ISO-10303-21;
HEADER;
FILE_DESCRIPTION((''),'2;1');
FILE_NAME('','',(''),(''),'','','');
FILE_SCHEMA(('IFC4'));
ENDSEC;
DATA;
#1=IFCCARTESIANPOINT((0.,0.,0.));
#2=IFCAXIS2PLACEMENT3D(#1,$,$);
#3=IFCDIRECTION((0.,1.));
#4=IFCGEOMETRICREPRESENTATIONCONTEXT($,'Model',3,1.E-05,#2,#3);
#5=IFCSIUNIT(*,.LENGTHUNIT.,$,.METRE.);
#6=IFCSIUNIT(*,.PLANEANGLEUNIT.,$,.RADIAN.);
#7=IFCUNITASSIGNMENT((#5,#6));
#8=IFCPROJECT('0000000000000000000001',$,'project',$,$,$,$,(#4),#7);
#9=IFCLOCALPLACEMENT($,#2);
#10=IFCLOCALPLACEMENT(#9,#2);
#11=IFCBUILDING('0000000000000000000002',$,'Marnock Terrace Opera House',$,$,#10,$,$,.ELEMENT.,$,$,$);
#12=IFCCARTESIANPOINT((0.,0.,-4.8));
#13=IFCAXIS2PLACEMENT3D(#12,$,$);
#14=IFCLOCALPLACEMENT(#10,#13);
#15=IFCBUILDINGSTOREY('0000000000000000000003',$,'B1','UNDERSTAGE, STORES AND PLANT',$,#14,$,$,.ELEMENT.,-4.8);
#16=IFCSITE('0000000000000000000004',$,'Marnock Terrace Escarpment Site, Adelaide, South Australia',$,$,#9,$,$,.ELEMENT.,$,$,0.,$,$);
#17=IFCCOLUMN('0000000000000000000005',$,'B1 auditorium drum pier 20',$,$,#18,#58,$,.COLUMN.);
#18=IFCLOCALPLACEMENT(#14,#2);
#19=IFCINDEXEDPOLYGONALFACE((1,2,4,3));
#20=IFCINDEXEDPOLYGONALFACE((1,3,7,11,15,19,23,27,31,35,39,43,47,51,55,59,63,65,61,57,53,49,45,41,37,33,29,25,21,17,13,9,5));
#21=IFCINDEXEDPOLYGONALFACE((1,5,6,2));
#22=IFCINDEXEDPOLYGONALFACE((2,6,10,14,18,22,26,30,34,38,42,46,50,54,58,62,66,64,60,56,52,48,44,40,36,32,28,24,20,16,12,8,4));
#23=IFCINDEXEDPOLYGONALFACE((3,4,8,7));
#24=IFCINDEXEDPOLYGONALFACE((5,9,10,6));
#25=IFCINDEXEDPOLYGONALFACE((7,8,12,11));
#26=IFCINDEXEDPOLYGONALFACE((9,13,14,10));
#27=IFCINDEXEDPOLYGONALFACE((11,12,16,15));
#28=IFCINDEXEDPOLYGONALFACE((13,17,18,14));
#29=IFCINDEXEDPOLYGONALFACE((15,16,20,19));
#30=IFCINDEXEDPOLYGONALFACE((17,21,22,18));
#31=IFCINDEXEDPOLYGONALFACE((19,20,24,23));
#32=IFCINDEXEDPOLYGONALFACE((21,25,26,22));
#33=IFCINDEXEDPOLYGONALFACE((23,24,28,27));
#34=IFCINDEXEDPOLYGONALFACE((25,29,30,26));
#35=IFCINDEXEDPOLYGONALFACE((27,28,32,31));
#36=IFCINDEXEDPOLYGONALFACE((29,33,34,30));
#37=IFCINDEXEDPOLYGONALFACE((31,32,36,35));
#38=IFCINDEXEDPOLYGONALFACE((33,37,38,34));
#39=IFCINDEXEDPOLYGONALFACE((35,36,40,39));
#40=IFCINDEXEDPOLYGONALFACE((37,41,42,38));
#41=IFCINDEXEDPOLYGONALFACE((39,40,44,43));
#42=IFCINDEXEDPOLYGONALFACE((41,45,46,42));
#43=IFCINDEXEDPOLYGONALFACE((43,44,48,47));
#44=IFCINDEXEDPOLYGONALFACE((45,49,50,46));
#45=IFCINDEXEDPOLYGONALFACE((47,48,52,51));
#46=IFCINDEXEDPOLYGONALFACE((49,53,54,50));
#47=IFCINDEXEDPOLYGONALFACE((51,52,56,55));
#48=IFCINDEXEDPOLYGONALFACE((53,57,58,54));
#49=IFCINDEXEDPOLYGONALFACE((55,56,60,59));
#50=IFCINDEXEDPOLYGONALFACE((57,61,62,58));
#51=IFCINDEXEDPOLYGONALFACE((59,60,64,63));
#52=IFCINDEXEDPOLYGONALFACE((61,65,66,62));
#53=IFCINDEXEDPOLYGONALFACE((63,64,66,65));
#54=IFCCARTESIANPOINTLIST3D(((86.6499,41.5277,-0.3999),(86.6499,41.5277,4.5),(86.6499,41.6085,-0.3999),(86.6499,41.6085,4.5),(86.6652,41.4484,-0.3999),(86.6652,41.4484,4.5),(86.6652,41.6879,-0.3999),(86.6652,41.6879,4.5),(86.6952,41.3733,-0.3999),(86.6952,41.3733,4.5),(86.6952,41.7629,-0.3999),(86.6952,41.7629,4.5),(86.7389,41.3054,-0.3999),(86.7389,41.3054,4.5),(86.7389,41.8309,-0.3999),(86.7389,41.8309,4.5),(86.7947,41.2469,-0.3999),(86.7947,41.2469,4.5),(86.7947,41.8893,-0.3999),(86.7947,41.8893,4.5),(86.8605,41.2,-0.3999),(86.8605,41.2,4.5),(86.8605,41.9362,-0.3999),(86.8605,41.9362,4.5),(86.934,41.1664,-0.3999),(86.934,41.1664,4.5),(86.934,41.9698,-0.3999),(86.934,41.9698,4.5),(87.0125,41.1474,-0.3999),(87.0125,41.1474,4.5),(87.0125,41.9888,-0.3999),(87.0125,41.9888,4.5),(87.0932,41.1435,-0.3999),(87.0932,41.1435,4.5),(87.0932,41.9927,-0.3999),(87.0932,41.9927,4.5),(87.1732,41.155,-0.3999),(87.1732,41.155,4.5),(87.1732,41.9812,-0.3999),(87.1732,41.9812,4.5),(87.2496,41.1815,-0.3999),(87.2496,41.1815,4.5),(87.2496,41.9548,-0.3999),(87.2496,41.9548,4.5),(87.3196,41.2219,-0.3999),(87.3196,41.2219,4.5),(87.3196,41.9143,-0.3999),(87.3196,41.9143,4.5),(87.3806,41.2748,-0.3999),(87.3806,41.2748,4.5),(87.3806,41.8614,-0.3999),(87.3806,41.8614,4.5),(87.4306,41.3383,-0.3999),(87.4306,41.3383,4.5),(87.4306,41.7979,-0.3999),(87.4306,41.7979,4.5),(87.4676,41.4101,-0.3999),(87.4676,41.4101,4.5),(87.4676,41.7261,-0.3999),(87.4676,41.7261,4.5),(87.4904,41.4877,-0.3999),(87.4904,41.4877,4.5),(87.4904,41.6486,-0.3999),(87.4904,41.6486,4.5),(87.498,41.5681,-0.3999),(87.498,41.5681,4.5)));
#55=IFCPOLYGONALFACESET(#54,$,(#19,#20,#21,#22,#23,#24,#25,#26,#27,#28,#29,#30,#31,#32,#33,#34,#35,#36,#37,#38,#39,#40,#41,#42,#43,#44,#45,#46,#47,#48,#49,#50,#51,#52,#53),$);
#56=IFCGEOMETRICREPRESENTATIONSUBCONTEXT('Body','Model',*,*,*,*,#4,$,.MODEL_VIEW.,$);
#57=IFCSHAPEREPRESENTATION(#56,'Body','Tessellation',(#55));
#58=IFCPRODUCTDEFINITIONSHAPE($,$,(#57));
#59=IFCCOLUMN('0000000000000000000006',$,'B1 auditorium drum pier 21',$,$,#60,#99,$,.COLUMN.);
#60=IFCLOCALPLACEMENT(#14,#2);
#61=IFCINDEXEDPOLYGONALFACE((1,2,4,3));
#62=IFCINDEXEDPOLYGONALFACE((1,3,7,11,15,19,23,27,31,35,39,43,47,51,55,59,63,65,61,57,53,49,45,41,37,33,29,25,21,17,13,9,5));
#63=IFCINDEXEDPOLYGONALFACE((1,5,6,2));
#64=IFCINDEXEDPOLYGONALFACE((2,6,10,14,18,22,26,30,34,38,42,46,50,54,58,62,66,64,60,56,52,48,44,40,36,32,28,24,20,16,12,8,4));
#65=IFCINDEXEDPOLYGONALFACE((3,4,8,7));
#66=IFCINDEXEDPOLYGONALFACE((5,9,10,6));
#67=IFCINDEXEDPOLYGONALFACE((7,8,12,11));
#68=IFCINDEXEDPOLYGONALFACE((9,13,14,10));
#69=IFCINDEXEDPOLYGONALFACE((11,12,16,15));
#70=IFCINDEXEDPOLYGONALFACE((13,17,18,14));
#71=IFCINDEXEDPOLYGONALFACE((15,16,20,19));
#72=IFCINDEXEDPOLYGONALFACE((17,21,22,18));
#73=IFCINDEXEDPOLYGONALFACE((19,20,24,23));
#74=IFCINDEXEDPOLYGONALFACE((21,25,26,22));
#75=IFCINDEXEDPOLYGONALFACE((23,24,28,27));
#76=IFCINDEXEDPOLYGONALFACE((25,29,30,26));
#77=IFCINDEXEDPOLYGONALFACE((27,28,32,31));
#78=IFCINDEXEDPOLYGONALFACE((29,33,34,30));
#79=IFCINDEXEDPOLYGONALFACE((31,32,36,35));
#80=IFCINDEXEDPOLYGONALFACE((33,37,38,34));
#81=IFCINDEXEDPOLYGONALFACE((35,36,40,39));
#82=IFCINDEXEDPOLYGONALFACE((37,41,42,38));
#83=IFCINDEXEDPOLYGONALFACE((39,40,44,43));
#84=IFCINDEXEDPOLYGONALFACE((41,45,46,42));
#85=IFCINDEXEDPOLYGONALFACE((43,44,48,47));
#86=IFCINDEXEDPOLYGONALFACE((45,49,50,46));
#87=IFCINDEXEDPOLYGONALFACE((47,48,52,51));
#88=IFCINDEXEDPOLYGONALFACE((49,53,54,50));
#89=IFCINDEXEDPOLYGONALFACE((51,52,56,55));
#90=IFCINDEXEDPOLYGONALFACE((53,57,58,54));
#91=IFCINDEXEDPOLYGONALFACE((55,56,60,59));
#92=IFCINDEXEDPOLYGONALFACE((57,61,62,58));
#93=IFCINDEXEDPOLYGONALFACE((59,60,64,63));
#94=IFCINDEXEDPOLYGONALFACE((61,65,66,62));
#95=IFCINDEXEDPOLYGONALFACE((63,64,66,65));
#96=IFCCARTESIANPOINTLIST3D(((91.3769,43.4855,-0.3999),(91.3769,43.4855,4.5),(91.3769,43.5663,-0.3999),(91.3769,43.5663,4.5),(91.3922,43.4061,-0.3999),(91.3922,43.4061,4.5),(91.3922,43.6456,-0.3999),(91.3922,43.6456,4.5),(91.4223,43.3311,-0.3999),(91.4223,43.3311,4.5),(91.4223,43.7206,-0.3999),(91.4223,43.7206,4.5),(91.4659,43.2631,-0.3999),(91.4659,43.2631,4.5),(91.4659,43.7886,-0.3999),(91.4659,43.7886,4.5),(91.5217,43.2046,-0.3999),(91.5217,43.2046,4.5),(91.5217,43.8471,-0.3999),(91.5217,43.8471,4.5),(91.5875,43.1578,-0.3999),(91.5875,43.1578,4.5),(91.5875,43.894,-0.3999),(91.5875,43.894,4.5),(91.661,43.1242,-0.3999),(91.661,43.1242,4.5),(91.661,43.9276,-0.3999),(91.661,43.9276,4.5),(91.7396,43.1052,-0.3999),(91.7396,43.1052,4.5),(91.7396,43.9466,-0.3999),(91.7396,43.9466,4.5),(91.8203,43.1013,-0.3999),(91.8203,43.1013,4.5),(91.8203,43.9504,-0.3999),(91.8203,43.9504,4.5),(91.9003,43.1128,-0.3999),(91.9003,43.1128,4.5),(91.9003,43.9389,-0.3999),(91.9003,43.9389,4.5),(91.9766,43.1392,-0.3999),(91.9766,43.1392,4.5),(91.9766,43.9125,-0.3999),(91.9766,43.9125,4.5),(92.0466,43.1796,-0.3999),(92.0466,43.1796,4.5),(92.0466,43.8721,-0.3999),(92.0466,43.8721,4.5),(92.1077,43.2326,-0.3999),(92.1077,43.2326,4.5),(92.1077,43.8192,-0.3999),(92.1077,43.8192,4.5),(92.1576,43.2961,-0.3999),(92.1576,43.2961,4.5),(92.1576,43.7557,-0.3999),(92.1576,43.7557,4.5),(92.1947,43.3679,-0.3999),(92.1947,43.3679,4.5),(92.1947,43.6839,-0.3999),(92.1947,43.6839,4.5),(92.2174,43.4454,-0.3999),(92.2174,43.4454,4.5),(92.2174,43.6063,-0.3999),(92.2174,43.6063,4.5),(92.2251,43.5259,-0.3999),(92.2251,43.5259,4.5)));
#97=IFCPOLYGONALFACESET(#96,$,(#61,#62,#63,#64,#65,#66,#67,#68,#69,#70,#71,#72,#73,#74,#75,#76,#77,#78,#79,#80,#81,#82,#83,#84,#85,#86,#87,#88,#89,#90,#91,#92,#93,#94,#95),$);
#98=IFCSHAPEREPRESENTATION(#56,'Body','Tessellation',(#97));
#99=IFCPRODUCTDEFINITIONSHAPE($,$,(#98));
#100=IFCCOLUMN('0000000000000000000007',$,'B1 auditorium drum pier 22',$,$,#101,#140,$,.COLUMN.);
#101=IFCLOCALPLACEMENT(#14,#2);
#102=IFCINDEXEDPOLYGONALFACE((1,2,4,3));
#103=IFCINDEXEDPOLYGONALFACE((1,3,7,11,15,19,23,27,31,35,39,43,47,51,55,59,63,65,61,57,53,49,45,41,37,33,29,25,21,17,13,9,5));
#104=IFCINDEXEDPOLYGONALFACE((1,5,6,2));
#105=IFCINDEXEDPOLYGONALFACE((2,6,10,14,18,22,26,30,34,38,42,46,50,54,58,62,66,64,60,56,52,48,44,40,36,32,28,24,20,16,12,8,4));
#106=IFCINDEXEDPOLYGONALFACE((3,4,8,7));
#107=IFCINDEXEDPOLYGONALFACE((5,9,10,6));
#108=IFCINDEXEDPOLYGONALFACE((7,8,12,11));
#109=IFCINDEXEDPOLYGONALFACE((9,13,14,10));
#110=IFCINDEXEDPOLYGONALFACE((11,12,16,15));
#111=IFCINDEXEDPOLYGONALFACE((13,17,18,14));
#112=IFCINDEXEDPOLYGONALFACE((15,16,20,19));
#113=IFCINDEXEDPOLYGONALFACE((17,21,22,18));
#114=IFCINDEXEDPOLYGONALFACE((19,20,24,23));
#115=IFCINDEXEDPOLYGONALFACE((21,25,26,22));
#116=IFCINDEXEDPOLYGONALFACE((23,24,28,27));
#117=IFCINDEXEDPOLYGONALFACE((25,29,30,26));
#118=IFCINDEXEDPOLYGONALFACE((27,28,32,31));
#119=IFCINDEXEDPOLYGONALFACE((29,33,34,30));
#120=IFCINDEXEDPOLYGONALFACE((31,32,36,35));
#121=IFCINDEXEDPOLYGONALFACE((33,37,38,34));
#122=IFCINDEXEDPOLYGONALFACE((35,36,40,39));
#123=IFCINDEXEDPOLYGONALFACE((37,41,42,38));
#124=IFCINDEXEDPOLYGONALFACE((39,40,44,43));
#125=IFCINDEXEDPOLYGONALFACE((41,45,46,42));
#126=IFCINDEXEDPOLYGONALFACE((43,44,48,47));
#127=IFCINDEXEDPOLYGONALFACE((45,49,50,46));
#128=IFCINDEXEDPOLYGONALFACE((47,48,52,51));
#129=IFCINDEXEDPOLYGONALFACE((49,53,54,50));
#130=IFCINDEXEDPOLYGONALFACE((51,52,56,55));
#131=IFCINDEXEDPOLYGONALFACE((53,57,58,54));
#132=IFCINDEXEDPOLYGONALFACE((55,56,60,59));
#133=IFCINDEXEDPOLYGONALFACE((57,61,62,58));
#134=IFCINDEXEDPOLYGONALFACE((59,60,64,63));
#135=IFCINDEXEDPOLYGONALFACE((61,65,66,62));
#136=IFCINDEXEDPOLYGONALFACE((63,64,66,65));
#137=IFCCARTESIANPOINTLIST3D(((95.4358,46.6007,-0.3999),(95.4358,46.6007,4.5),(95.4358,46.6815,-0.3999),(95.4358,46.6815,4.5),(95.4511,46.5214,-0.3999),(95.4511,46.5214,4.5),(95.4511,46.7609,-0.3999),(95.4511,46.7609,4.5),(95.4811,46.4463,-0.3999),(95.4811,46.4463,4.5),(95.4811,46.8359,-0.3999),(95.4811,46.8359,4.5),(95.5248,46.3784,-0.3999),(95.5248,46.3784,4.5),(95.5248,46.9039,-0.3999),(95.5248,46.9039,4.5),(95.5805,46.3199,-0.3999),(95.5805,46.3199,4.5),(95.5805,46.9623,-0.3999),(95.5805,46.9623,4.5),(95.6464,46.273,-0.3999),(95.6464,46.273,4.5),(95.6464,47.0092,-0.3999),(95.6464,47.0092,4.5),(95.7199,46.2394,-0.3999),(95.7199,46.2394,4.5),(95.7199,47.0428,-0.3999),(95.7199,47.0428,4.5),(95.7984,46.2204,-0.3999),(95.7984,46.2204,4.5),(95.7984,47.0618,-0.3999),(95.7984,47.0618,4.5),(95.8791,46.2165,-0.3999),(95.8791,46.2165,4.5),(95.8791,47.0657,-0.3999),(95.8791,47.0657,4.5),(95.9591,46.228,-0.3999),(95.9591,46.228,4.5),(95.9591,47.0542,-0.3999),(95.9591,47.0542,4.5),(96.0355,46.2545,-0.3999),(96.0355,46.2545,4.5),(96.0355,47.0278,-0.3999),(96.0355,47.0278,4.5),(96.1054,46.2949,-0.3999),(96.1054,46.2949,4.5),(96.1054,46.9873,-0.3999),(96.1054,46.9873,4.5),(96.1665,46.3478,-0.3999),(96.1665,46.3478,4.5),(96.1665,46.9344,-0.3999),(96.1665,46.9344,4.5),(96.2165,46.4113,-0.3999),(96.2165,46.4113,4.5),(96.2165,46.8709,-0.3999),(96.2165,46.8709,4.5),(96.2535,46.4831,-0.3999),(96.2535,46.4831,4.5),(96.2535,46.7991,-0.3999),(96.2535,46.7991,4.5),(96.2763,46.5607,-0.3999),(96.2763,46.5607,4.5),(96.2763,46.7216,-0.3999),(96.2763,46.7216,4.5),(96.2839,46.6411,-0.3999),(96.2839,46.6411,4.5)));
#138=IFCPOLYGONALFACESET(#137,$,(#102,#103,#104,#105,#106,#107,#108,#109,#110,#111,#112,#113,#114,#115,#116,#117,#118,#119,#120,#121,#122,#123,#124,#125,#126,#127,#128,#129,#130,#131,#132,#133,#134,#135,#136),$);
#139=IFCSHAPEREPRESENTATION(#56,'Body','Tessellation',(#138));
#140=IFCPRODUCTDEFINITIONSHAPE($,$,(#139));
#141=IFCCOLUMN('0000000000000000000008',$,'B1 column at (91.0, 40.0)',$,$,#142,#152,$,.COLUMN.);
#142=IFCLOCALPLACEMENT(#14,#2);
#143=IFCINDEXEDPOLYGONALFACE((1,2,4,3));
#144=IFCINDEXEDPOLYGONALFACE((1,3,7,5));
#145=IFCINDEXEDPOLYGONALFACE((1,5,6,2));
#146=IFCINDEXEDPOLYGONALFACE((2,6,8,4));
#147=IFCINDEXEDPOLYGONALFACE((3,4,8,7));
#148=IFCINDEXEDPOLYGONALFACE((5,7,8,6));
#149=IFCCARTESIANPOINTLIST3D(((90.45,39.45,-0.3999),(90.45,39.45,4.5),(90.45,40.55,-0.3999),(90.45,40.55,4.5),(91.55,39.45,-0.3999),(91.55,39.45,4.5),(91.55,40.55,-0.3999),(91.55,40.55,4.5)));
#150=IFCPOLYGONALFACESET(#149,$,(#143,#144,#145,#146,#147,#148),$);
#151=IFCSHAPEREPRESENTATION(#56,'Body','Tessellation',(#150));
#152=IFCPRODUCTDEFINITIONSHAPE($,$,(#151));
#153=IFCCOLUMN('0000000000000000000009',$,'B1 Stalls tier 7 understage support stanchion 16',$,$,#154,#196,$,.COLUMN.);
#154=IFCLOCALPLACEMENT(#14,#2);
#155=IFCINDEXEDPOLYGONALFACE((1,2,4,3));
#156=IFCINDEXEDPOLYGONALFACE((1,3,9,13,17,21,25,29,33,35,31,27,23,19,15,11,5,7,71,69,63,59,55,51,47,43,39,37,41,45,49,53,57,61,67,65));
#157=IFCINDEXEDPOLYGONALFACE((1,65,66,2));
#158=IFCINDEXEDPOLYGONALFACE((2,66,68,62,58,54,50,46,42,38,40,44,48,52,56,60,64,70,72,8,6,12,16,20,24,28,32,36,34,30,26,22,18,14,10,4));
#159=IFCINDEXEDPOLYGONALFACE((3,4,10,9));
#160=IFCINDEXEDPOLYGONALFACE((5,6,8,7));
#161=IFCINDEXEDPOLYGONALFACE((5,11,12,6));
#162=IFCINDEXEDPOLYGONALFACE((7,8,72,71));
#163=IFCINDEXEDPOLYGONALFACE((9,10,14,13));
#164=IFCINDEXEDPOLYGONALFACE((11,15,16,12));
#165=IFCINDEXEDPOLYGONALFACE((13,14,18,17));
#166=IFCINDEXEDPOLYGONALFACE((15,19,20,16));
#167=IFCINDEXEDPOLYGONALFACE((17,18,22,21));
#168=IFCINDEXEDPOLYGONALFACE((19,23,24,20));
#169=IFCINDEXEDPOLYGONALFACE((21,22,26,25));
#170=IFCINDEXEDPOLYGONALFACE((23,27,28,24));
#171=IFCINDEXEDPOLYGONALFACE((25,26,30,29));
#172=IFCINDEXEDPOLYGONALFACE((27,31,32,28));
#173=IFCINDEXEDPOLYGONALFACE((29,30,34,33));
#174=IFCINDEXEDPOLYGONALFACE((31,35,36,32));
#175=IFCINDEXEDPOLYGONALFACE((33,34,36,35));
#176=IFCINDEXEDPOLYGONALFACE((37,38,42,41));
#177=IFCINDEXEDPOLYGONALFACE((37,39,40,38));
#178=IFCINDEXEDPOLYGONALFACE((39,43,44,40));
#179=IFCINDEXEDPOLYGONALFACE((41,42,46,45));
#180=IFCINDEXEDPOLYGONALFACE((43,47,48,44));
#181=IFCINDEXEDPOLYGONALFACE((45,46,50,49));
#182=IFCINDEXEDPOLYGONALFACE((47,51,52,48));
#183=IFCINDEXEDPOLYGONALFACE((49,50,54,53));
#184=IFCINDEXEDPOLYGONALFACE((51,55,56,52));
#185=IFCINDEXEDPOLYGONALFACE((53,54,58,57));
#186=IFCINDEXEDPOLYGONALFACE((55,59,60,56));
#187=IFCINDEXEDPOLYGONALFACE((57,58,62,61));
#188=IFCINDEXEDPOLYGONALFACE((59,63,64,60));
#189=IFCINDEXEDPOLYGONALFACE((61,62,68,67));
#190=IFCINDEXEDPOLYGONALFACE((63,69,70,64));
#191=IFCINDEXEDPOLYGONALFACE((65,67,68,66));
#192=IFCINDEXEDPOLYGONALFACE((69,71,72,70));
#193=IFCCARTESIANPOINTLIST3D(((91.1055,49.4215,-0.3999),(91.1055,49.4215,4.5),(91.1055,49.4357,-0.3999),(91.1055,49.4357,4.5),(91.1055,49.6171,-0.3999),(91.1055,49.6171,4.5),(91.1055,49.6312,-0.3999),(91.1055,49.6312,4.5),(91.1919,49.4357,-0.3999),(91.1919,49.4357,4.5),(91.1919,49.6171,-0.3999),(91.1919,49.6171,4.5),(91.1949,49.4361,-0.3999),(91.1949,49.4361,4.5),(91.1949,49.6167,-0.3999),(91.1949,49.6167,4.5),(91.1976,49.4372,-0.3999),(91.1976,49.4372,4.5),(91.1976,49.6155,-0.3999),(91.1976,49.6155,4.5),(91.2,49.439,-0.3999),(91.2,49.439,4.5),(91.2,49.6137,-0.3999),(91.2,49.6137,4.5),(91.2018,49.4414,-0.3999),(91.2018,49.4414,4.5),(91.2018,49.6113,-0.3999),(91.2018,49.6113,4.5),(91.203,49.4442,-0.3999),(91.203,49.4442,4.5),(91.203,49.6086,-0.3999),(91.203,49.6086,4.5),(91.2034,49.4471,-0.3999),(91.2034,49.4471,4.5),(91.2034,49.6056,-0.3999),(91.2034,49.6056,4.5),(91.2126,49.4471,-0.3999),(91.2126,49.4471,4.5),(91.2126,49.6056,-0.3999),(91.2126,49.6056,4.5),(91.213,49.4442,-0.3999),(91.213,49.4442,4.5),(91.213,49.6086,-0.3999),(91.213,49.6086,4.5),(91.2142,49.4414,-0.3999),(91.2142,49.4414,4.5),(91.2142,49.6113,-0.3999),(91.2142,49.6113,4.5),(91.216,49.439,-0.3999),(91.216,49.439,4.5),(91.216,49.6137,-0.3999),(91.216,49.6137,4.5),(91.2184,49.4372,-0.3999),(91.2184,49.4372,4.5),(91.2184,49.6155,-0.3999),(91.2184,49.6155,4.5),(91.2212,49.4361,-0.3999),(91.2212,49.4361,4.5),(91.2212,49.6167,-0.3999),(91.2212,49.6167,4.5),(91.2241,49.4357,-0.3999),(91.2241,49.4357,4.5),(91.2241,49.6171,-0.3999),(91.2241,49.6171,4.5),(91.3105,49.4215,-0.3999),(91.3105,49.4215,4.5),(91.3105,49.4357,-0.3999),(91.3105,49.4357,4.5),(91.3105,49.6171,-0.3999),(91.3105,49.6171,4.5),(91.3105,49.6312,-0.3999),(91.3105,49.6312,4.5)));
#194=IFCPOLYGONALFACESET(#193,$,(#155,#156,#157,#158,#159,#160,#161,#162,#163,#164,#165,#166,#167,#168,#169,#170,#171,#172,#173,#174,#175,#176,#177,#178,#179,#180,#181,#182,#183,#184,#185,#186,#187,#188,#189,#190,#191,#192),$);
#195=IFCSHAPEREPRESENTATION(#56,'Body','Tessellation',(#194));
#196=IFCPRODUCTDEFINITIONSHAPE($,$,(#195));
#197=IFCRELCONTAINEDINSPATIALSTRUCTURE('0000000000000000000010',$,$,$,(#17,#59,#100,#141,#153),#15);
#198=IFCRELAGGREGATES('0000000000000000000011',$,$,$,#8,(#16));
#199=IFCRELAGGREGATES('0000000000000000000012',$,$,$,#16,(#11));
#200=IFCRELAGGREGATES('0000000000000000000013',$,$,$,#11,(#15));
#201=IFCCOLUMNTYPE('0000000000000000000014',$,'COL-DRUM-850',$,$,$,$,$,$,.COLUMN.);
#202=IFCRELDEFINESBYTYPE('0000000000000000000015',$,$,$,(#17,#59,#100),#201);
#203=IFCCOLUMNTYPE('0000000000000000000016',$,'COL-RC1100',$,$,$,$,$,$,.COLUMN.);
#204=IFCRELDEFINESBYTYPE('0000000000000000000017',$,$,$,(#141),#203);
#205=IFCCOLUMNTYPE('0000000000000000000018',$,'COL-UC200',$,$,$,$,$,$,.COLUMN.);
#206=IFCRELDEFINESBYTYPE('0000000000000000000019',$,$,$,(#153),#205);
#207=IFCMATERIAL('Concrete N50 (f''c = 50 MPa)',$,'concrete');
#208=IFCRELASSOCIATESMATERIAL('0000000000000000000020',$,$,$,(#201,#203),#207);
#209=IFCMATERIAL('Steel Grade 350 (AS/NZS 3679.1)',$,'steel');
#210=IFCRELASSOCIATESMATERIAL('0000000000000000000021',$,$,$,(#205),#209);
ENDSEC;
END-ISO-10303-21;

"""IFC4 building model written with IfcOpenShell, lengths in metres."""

from ifc_helpers import new_model, si_unit, direction, frame, origin, origin_2d, place, context, subcontext, project, spatial, rectangle, circle, i_section, extrude, material, material_profile, profile_set, type_object, element, save


model = new_model("IFC4")

# Units and contexts
model_context = context("Model", 3, precision=1e-05, world=origin(), true_north=direction((0.0, 1.0)))
body_context = subcontext(model_context, "Body", "Model", "MODEL_VIEW")
ifc_project = project(units=[si_unit("LENGTHUNIT", "METRE"), si_unit("PLANEANGLEUNIT", "RADIAN")], contexts=[model_context])

# Site, building, storey
site_placement = place(None, origin())
site = spatial("IfcSite", under=ifc_project, at=site_placement, Name="Marnock Terrace Escarpment Site, Adelaide, South Australia", CompositionType="ELEMENT", RefElevation=0.0)
building_placement = place(site_placement, origin())
building = spatial("IfcBuilding", under=site, at=building_placement, Name="Marnock Terrace Opera House", CompositionType="ELEMENT")
storey_placement = place(building_placement, frame((0.0, 0.0, -4.8)))
storey = spatial("IfcBuildingStorey", under=building, at=storey_placement, Name="B1", Description="UNDERSTAGE, STORES AND PLANT", CompositionType="ELEMENT", Elevation=-4.8)

# Columns
ifc_material_1 = material(Name="Concrete N50 (f'c = 50 MPa)", Category="concrete")
ifc_material_profile_1 = material_profile(ifc_material_1, circle(Radius=0.425, at=origin_2d()))
ifc_profile_set_1 = profile_set([ifc_material_profile_1], Name="Concrete N50 (f'c = 50 MPa)")
column_type_1 = type_object("IfcColumnType", Name="COL-DRUM-850", PredefinedType="COLUMN", material=ifc_profile_set_1)
for number, where, z_axis, x_axis, name in (
    (1, (87.073, 41.5681, -0.3999), (0.0, 0.0, 1.0), (1.0, 0.0, 0.0), "B1 auditorium drum pier 20"),
    (2, (91.8, 43.5259, -0.3999), (0.0, 0.0, 1.0), (1.0, 0.0, 0.0), "B1 auditorium drum pier 21"),
    (3, (95.8589, 46.6411, -0.3999), (0.0, 0.0, 1.0), (1.0, 0.0, 0.0), "B1 auditorium drum pier 22"),
):
    element("IfcColumn", number, at=place(storey_placement, frame(where, z_axis=z_axis, x_axis=x_axis)), inside=storey, type_object=column_type_1, Name=name, PredefinedType="COLUMN", context=body_context, shape_type="SweptSolid", body=[
        extrude(circle(Radius=0.425, at=origin_2d()), origin(), (0.0, 0.0, 1.0), 4.8999),
    ])
ifc_material_profile_2 = material_profile(ifc_material_1, rectangle(XDim=1.1001, YDim=1.1001, at=origin_2d()))
ifc_profile_set_2 = profile_set([ifc_material_profile_2], Name="Concrete N50 (f'c = 50 MPa)")
column_type_2 = type_object("IfcColumnType", Name="COL-RC1100", PredefinedType="COLUMN", material=ifc_profile_set_2)
column_placement = place(storey_placement, frame((91.0, 40.0, -0.3999), z_axis=(0.0, 0.0, 1.0), x_axis=(1.0, 0.0, 0.0)))
element("IfcColumn", 4, at=column_placement, inside=storey, type_object=column_type_2, Name="B1 column at (91.0, 40.0)", PredefinedType="COLUMN", context=body_context, shape_type="SweptSolid", body=[
    extrude(rectangle(XDim=1.1001, YDim=1.1001, at=origin_2d()), origin(), (0.0, 0.0, 1.0), 4.8999),
])
ifc_material_2 = material(Name="Steel Grade 350 (AS/NZS 3679.1)", Category="steel")
ifc_material_profile_3 = material_profile(ifc_material_2, i_section(OverallWidth=0.2051, OverallDepth=0.2097, WebThickness=0.0093, FlangeThickness=0.0142, FilletRadius=0.0115, at=origin_2d()))
ifc_profile_set_3 = profile_set([ifc_material_profile_3], Name="Steel Grade 350 (AS/NZS 3679.1)")
column_type_3 = type_object("IfcColumnType", Name="COL-UC200", PredefinedType="COLUMN", material=ifc_profile_set_3)
for number, where, z_axis, x_axis, name in (
    (5, (91.208, 49.5264, -0.3999), (0.0, 0.0, 1.0), (1.0, 0.0, 0.0), "B1 Stalls tier 7 understage support stanchion 16"),
):
    element("IfcColumn", number, at=place(storey_placement, frame(where, z_axis=z_axis, x_axis=x_axis)), inside=storey, type_object=column_type_3, Name=name, PredefinedType="COLUMN", context=body_context, shape_type="SweptSolid", body=[
        extrude(i_section(OverallWidth=0.2051, OverallDepth=0.2097, WebThickness=0.0093, FlangeThickness=0.0142, FilletRadius=0.0115, at=origin_2d()), origin(), (0.0, 0.0, 1.0), 4.8999),
    ])

save(model, "model.ifc")
